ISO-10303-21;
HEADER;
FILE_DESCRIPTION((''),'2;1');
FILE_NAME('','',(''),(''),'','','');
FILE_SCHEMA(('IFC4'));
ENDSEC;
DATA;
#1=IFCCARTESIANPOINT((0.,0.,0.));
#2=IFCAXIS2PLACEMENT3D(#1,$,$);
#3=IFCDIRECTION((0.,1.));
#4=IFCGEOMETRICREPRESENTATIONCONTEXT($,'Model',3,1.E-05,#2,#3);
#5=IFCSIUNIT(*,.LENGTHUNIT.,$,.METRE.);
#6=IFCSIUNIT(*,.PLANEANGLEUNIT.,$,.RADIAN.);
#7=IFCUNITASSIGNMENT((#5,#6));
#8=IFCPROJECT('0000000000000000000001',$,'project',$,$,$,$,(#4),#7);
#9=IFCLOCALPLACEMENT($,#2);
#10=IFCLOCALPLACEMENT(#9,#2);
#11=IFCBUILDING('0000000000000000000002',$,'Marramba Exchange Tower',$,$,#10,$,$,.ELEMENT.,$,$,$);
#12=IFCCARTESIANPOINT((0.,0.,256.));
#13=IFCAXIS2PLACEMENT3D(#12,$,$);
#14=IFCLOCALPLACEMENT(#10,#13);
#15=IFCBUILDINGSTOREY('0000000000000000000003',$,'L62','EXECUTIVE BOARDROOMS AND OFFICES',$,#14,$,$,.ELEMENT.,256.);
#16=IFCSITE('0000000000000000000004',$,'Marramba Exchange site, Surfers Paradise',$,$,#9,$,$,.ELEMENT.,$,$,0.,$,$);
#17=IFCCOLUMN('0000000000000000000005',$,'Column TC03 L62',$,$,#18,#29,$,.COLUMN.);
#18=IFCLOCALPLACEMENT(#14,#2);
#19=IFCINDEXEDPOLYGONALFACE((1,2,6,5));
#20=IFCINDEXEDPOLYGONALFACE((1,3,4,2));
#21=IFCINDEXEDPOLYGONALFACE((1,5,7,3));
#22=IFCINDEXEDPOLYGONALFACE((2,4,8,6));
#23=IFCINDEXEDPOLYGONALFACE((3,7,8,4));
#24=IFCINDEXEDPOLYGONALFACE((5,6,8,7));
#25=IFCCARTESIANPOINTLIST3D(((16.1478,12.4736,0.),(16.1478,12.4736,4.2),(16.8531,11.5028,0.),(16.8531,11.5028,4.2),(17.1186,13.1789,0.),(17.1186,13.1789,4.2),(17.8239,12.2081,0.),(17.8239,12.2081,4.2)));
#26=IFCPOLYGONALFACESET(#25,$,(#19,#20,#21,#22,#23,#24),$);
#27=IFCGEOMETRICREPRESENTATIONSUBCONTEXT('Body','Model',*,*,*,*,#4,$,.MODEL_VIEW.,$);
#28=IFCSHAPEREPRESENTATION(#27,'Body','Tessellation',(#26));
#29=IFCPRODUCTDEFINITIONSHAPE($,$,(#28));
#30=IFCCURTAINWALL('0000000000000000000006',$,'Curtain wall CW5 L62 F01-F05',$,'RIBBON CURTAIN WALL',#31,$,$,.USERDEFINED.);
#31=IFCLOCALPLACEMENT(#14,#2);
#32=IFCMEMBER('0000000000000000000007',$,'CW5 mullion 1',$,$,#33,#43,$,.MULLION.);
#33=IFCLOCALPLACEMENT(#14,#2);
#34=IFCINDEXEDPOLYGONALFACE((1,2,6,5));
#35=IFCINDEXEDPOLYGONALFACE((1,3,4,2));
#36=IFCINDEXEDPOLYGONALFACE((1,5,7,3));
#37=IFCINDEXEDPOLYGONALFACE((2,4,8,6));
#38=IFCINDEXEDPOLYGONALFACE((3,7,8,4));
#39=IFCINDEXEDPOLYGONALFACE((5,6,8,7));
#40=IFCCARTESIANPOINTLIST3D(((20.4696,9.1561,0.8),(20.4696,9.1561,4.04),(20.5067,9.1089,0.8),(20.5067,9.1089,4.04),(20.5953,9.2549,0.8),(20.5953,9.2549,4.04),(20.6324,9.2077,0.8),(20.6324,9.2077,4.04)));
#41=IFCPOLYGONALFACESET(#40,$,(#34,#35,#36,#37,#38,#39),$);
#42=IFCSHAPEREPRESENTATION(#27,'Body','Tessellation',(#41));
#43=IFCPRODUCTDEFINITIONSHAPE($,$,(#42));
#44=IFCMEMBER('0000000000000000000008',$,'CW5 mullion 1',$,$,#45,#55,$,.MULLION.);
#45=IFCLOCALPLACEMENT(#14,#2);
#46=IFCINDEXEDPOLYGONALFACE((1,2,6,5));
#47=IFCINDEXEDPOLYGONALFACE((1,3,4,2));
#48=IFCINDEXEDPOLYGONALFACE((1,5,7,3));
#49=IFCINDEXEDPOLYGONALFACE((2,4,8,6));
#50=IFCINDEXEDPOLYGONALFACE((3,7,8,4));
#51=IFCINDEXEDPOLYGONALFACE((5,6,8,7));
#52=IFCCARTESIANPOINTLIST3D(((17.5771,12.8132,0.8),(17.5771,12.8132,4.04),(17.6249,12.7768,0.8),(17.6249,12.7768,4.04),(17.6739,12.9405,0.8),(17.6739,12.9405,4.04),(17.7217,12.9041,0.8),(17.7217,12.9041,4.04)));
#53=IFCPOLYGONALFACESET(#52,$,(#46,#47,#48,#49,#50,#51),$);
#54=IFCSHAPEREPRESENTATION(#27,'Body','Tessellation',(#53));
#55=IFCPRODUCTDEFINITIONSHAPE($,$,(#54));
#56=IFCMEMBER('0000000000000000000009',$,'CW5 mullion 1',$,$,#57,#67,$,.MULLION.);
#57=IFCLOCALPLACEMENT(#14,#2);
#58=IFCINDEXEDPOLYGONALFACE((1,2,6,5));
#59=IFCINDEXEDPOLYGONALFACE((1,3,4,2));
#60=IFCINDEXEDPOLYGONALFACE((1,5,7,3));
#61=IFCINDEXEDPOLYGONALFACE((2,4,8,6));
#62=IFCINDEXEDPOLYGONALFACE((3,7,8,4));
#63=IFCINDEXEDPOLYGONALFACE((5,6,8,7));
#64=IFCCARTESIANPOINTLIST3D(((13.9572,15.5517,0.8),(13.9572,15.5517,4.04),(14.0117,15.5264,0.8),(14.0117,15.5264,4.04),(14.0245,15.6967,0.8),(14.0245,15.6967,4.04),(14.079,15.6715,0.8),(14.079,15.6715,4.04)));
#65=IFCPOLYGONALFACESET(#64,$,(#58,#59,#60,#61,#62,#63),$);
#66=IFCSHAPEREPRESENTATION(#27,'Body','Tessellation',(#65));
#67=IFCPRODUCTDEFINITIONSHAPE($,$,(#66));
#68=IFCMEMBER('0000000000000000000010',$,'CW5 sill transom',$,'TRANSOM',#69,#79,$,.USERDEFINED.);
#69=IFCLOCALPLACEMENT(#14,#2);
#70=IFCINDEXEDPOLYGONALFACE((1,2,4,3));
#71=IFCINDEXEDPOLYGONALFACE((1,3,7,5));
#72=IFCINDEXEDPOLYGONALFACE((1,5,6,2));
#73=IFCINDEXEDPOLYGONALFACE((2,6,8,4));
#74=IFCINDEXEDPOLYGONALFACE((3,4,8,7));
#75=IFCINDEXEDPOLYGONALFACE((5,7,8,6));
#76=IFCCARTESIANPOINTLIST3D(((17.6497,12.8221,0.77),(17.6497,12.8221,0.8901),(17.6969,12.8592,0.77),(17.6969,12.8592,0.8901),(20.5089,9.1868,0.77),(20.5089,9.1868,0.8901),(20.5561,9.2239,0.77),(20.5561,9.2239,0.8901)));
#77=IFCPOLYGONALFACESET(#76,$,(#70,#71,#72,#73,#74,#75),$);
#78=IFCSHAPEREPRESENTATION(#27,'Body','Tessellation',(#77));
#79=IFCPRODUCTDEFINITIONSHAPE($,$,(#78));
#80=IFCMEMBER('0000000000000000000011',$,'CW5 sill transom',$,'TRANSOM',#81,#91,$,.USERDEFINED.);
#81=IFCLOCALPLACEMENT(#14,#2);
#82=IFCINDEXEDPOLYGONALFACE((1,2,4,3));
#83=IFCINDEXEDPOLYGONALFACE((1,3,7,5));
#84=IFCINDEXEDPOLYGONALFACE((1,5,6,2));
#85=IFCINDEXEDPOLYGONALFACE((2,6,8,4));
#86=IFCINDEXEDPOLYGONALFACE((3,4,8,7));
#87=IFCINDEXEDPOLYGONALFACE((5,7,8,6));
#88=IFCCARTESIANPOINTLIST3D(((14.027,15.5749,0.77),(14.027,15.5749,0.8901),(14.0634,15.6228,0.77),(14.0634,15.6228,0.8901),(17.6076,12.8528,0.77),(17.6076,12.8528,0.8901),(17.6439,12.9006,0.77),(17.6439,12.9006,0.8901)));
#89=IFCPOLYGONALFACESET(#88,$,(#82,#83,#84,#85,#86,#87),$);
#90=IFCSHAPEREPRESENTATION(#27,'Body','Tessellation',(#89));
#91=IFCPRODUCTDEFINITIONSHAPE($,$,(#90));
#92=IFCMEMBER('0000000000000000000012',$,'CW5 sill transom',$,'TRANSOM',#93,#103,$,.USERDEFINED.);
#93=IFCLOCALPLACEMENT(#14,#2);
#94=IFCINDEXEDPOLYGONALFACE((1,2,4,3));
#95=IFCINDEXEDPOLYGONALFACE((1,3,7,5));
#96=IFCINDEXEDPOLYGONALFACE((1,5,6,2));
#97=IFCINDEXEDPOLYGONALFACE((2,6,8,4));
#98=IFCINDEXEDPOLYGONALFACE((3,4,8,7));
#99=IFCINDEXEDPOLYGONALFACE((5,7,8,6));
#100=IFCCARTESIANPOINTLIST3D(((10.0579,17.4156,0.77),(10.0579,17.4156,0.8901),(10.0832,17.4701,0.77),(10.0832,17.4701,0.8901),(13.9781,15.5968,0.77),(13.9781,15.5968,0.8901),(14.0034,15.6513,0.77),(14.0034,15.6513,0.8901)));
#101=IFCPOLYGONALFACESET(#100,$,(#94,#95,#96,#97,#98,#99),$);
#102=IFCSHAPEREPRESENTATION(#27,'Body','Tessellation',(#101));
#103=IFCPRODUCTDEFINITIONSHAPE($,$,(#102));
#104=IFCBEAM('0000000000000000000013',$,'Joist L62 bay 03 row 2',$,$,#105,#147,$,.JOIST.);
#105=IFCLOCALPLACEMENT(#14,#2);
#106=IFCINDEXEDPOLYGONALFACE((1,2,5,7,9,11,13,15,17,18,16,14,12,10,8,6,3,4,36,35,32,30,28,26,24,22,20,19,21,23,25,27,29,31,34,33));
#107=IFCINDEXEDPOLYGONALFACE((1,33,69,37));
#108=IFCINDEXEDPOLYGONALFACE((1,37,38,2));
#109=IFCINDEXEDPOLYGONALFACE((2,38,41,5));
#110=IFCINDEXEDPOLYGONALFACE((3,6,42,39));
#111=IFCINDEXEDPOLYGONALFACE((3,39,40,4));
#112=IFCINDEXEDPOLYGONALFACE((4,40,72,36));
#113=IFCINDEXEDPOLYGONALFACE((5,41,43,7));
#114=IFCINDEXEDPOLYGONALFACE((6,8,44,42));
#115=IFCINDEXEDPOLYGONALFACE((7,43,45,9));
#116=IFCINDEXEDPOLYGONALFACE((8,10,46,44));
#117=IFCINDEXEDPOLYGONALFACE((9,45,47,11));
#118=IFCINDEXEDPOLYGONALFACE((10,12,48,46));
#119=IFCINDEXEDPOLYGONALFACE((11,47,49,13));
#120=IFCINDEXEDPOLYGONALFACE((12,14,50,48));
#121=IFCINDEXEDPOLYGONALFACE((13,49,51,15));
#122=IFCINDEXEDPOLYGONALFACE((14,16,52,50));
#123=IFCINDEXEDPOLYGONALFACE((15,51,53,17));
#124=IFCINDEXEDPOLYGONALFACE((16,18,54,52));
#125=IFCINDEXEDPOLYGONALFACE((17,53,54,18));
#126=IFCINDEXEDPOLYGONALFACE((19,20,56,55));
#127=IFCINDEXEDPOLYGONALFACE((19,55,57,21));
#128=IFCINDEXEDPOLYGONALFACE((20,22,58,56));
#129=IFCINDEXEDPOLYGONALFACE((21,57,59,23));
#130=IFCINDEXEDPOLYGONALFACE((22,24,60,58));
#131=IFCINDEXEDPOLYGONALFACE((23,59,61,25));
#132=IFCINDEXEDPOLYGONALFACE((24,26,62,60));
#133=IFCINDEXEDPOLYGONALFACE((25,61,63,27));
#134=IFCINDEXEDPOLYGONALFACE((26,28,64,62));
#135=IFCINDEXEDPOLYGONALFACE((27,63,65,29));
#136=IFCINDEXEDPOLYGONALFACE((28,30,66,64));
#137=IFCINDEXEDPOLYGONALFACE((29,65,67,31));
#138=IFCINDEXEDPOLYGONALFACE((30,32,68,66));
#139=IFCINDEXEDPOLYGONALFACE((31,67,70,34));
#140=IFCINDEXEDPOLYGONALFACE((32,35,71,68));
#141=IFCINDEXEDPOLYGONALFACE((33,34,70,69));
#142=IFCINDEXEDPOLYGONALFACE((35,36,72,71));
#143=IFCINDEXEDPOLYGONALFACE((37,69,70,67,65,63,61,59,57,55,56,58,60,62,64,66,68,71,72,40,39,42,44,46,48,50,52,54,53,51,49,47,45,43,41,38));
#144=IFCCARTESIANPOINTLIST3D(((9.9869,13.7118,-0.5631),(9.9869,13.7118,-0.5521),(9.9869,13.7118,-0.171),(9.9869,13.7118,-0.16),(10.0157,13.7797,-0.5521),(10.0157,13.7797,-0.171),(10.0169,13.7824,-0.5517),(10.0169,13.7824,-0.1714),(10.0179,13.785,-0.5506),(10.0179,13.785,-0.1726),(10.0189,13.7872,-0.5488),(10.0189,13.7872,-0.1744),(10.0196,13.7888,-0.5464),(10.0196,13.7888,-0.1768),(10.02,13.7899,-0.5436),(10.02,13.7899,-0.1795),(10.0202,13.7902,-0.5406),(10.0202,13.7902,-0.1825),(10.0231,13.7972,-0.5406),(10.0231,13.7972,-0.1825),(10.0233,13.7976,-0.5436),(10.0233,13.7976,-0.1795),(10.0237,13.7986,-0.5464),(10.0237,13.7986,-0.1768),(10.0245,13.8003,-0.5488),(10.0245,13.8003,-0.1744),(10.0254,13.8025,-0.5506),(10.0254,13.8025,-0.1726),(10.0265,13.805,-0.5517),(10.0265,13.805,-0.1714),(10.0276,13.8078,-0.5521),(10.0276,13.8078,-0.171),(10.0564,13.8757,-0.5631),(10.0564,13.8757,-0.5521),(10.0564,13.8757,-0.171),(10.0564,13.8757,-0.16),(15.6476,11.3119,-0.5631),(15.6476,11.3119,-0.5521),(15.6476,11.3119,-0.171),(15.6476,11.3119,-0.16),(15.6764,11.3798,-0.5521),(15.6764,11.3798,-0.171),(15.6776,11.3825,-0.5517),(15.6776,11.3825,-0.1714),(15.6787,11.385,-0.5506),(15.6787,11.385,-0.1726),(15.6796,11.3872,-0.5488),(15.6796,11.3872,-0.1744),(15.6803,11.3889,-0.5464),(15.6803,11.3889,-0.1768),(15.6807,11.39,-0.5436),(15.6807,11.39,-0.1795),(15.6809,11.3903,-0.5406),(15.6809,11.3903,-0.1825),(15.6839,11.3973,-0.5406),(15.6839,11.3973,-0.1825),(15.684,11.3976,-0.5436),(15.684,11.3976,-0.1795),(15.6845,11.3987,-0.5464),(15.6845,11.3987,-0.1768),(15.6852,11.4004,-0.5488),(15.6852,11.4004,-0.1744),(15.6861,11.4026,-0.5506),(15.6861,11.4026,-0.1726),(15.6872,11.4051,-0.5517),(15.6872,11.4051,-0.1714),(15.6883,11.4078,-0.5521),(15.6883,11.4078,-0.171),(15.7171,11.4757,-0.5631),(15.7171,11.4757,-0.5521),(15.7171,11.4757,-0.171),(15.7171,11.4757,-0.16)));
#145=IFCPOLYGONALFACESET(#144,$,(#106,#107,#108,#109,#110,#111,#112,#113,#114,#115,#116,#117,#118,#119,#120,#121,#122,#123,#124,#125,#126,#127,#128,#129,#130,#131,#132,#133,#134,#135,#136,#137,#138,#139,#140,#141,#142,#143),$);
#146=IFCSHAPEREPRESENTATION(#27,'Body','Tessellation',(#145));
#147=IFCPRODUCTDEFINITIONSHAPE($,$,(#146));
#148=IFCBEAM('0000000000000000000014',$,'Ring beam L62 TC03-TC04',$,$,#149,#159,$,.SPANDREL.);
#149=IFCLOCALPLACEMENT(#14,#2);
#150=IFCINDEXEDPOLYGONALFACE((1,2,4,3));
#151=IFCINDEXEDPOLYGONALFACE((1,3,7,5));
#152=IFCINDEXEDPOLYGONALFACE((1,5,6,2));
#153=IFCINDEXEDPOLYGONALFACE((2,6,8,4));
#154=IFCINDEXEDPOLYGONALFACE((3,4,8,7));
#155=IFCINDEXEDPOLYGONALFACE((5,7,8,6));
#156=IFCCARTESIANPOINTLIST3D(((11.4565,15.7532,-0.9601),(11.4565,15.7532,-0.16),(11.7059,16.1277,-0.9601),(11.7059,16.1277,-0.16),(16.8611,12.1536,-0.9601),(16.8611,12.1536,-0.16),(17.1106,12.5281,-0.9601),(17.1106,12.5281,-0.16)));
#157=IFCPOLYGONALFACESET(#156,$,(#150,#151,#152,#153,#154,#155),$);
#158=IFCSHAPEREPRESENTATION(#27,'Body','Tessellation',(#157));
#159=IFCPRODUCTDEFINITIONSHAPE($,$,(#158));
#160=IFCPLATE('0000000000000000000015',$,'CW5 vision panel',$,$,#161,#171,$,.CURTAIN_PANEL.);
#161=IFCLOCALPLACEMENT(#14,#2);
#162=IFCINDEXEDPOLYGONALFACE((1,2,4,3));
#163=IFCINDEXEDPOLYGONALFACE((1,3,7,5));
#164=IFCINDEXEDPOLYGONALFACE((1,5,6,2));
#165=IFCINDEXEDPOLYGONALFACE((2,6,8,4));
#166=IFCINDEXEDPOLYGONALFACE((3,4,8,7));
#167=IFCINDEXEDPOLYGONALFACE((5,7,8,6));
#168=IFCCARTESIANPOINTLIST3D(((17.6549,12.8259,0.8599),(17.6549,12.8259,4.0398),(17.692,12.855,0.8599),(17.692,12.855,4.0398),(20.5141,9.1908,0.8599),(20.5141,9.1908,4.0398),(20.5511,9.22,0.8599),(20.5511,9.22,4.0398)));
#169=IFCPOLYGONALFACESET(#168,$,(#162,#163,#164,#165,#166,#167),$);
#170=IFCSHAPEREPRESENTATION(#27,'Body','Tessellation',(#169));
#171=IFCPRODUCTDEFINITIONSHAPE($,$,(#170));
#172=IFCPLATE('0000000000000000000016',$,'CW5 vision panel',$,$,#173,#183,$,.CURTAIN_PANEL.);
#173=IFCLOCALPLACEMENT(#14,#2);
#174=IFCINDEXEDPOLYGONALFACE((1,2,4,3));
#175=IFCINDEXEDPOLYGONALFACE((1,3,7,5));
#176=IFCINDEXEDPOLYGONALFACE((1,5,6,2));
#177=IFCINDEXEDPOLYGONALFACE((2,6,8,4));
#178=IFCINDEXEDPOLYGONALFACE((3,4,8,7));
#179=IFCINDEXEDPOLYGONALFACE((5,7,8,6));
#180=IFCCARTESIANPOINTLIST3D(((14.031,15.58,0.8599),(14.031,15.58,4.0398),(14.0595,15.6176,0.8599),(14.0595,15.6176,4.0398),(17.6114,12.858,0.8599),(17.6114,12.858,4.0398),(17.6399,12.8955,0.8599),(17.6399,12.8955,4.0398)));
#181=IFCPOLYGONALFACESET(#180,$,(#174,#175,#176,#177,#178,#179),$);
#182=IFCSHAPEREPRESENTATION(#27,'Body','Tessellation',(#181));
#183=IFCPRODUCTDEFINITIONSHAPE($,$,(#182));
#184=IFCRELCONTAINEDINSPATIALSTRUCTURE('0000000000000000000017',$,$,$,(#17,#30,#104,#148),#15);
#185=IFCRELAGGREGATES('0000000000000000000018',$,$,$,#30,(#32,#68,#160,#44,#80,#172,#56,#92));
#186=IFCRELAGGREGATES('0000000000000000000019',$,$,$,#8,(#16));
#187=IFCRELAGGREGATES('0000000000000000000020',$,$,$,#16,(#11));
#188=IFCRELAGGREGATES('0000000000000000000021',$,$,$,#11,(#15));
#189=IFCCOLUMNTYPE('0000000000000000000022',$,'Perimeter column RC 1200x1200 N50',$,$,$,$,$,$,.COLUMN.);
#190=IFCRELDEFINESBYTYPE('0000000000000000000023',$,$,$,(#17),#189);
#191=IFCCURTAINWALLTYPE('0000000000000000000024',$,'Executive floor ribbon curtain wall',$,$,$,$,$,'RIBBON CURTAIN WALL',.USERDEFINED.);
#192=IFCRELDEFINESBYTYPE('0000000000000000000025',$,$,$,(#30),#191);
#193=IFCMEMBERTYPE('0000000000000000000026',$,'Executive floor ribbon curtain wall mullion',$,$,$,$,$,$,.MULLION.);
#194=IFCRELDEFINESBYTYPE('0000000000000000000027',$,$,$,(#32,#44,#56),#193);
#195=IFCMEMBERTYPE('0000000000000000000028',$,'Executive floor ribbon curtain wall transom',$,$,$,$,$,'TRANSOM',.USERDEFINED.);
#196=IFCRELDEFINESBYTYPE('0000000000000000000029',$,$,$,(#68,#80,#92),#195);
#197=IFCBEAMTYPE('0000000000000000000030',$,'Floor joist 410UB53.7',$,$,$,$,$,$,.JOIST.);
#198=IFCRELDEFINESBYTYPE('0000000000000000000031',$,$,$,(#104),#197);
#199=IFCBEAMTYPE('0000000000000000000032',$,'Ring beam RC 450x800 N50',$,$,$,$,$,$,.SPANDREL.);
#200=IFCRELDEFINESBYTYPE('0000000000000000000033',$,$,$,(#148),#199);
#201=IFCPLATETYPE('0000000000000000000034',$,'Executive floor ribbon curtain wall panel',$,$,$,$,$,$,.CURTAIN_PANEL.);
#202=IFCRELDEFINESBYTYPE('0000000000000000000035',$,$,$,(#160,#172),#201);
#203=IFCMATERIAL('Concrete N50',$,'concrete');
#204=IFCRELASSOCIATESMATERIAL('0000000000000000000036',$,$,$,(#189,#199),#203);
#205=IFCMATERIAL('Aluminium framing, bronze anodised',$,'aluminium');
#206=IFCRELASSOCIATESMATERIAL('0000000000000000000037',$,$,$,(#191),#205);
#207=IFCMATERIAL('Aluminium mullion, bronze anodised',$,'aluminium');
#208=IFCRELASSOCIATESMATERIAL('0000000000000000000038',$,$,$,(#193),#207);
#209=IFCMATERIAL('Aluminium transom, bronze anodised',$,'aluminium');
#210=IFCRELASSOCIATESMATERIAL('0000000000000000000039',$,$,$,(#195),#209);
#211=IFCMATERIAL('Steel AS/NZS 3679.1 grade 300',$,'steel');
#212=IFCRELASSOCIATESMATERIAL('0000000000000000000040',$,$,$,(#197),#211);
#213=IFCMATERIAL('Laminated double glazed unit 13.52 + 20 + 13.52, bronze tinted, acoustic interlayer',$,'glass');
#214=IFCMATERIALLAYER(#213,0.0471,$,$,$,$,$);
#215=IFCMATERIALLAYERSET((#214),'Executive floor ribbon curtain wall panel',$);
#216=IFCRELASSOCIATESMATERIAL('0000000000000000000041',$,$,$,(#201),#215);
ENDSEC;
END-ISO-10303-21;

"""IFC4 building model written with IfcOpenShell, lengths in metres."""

from ifc_helpers import new_model, si_unit, direction, frame, origin, origin_2d, place, context, subcontext, project, spatial, rectangle, i_section, extrude, material, layer, layer_set, material_profile, profile_set, type_object, element, aggregate, save


model = new_model("IFC4")

# Units and contexts
model_context = context("Model", 3, precision=1e-05, world=origin(), true_north=direction((0.0, 1.0)))
body_context = subcontext(model_context, "Body", "Model", "MODEL_VIEW")
ifc_project = project(units=[si_unit("LENGTHUNIT", "METRE"), si_unit("PLANEANGLEUNIT", "RADIAN")], contexts=[model_context])

# Site, building, storey
site_placement = place(None, origin())
site = spatial("IfcSite", under=ifc_project, at=site_placement, Name="Marramba Exchange site, Surfers Paradise", CompositionType="ELEMENT", RefElevation=0.0)
building_placement = place(site_placement, origin())
building = spatial("IfcBuilding", under=site, at=building_placement, Name="Marramba Exchange Tower", CompositionType="ELEMENT")
storey_placement = place(building_placement, frame((0.0, 0.0, 256.0)))
storey = spatial("IfcBuildingStorey", under=building, at=storey_placement, Name="L62", Description="EXECUTIVE BOARDROOMS AND OFFICES", CompositionType="ELEMENT", Elevation=256.0)

# Column
ifc_material_1 = material(Name="Concrete N50", Category="concrete")
ifc_material_profile_1 = material_profile(ifc_material_1, rectangle(XDim=1.2, YDim=1.2, at=origin_2d()), Name="RC 1200x1200")
ifc_profile_set_1 = profile_set([ifc_material_profile_1], Name="Concrete N50")
column_type = type_object("IfcColumnType", Name="Perimeter column RC 1200x1200 N50", PredefinedType="COLUMN", material=ifc_profile_set_1)
column_placement = place(storey_placement, frame((16.9858, 12.3408, 0.0), z_axis=(0.0, 0.0, 1.0), x_axis=(0.809017, 0.587785, 0.0)))
element("IfcColumn", 1, at=column_placement, inside=storey, type_object=column_type, Name="Column TC03 L62", PredefinedType="COLUMN", context=body_context, shape_type="SweptSolid", body=[
    extrude(rectangle(XDim=1.2, YDim=1.2, at=origin_2d()), origin(), (0.0, 0.0, 1.0), 4.2),
])

# Curtain wall, members
ifc_material_2 = material(Name="Aluminium framing, bronze anodised", Category="aluminium")
curtain_wall_type = type_object("IfcCurtainWallType", Name="Executive floor ribbon curtain wall", ElementType="RIBBON CURTAIN WALL", PredefinedType="USERDEFINED", material=ifc_material_2)
curtain_wall_placement = place(storey_placement, origin())
curtain_wall = element("IfcCurtainWall", 2, at=curtain_wall_placement, inside=storey, type_object=curtain_wall_type, Name="Curtain wall CW5 L62 F01-F05", ObjectType="RIBBON CURTAIN WALL", PredefinedType="USERDEFINED")
ifc_material_3 = material(Name="Aluminium mullion, bronze anodised", Category="aluminium")
ifc_material_profile_2 = material_profile(ifc_material_3, rectangle(XDim=0.1599, YDim=0.0601, at=origin_2d()), Name="CW5 mullion 60x160")
ifc_profile_set_2 = profile_set([ifc_material_profile_2], Name="Aluminium mullion, bronze anodised")
member_type_1 = type_object("IfcMemberType", Name="Executive floor ribbon curtain wall mullion", PredefinedType="MULLION", material=ifc_profile_set_2)
member_1_placement = place(storey_placement, frame((20.551, 9.1819, 0.8), z_axis=(0.0, 0.0, 1.0), x_axis=(-0.786003, -0.618223, 0.0)))
member_1 = element("IfcMember", 3, at=member_1_placement, type_object=member_type_1, Name="CW5 mullion 1", PredefinedType="MULLION", context=body_context, shape_type="SweptSolid", body=[
    extrude(rectangle(XDim=0.1599, YDim=0.0601, at=origin_2d()), origin(), (0.0, 0.0, 1.0), 3.24),
])
member_2_placement = place(storey_placement, frame((17.6494, 12.8586, 0.8), z_axis=(0.0, 0.0, 1.0), x_axis=(-0.605219, -0.796059, 0.0)))
member_2 = element("IfcMember", 4, at=member_2_placement, type_object=member_type_1, Name="CW5 mullion 1", PredefinedType="MULLION", context=body_context, shape_type="SweptSolid", body=[
    extrude(rectangle(XDim=0.1599, YDim=0.0601, at=origin_2d()), origin(), (0.0, 0.0, 1.0), 3.24),
])
member_3_placement = place(storey_placement, frame((14.0181, 15.6116, 0.8), z_axis=(0.0, 0.0, 1.0), x_axis=(-0.420849, -0.907131, 0.0)))
member_3 = element("IfcMember", 5, at=member_3_placement, type_object=member_type_1, Name="CW5 mullion 1", PredefinedType="MULLION", context=body_context, shape_type="SweptSolid", body=[
    extrude(rectangle(XDim=0.1599, YDim=0.0601, at=origin_2d()), origin(), (0.0, 0.0, 1.0), 3.24),
])
ifc_material_4 = material(Name="Aluminium transom, bronze anodised", Category="aluminium")
ifc_material_profile_3 = material_profile(ifc_material_4, rectangle(XDim=0.0601, YDim=0.1201, at=origin_2d()), Name="CW5 transom 60x120")
ifc_profile_set_3 = profile_set([ifc_material_profile_3], Name="Aluminium transom, bronze anodised")
member_type_2 = type_object("IfcMemberType", Name="Executive floor ribbon curtain wall transom", ElementType="TRANSOM", PredefinedType="USERDEFINED", material=ifc_profile_set_3)
member_4_placement = place(storey_placement, frame((20.5325, 9.2053, 0.8301), z_axis=(-0.618204, 0.786018, 0.0), x_axis=(-0.786018, -0.618204, 0.0)))
member_4 = element("IfcMember", 6, at=member_4_placement, type_object=member_type_2, Name="CW5 sill transom", ObjectType="TRANSOM", PredefinedType="USERDEFINED", context=body_context, shape_type="SweptSolid", body=[
    extrude(rectangle(XDim=0.0601, YDim=0.1201, at=origin_2d()), origin(), (0.0, 0.0, 1.0), 4.625),
])
member_5_placement = place(storey_placement, frame((17.6257, 12.8767, 0.8301), z_axis=(-0.796062, 0.605215, 0.0), x_axis=(-0.605215, -0.796062, 0.0)))
member_5 = element("IfcMember", 7, at=member_5_placement, type_object=member_type_2, Name="CW5 sill transom", ObjectType="TRANSOM", PredefinedType="USERDEFINED", context=body_context, shape_type="SweptSolid", body=[
    extrude(rectangle(XDim=0.0601, YDim=0.1201, at=origin_2d()), origin(), (0.0, 0.0, 1.0), 4.4978),
])
member_6_placement = place(storey_placement, frame((13.9907, 15.624, 0.8301), z_axis=(-0.907118, 0.420877, 0.0), x_axis=(-0.420877, -0.907118, 0.0)))
member_6 = element("IfcMember", 8, at=member_6_placement, type_object=member_type_2, Name="CW5 sill transom", ObjectType="TRANSOM", PredefinedType="USERDEFINED", context=body_context, shape_type="SweptSolid", body=[
    extrude(rectangle(XDim=0.0601, YDim=0.1201, at=origin_2d()), origin(), (0.0, 0.0, 1.0), 4.3215),
])

# Beams
ifc_material_5 = material(Name="Steel AS/NZS 3679.1 grade 300", Category="steel")
ifc_material_profile_4 = material_profile(ifc_material_5, i_section(OverallWidth=0.178, OverallDepth=0.4031, WebThickness=0.0076, FlangeThickness=0.011, FilletRadius=0.0115, at=origin_2d()), Name="410UB53.7")
ifc_profile_set_4 = profile_set([ifc_material_profile_4], Name="Steel AS/NZS 3679.1 grade 300")
beam_type_1 = type_object("IfcBeamType", Name="Floor joist 410UB53.7", PredefinedType="JOIST", material=ifc_profile_set_4)
beam_1_placement = place(storey_placement, frame((15.6824, 11.3938, -0.3616), z_axis=(-0.920674, 0.390332, 0.0), x_axis=(-0.390332, -0.920674, 0.0)))
element("IfcBeam", 9, at=beam_1_placement, inside=storey, type_object=beam_type_1, Name="Joist L62 bay 03 row 2", PredefinedType="JOIST", context=body_context, shape_type="SweptSolid", body=[
    extrude(i_section(OverallWidth=0.178, OverallDepth=0.4031, WebThickness=0.0076, FlangeThickness=0.011, FilletRadius=0.0115, at=origin_2d()), origin(), (0.0, 0.0, 1.0), 6.1484),
])
ifc_material_profile_5 = material_profile(ifc_material_1, rectangle(XDim=0.45, YDim=0.8, at=origin_2d()), Name="RC 450x800")
ifc_profile_set_5 = profile_set([ifc_material_profile_5], Name="Concrete N50")
beam_type_2 = type_object("IfcBeamType", Name="Ring beam RC 450x800 N50", PredefinedType="SPANDREL", material=ifc_profile_set_5)
beam_2_placement = place(storey_placement, frame((16.9858, 12.3408, -0.5601), z_axis=(-0.832293, 0.554336, 0.0), x_axis=(-0.554336, -0.832293, 0.0)))
element("IfcBeam", 10, at=beam_2_placement, inside=storey, type_object=beam_type_2, Name="Ring beam L62 TC03-TC04", PredefinedType="SPANDREL", context=body_context, shape_type="SweptSolid", body=[
    extrude(rectangle(XDim=0.45, YDim=0.8, at=origin_2d()), origin(), (0.0, 0.0, 1.0), 6.4937),
])

# Plates
ifc_material_6 = material(Name="Laminated double glazed unit 13.52 + 20 + 13.52, bronze tinted, acoustic interlayer", Category="glass")
ifc_layer_1 = layer(ifc_material_6, 0.0471)
ifc_layer_set_1 = layer_set([ifc_layer_1], Name="Executive floor ribbon curtain wall panel")
plate_type = type_object("IfcPlateType", Name="Executive floor ribbon curtain wall panel", PredefinedType="CURTAIN_PANEL", material=ifc_layer_set_1)
plate_1_placement = place(storey_placement, frame((19.103, 11.0229, 0.8599), z_axis=(0.0, 0.0, 1.0), x_axis=(-0.618223, 0.786003, 0.0)))
plate_1 = element("IfcPlate", 11, at=plate_1_placement, type_object=plate_type, Name="CW5 vision panel", PredefinedType="CURTAIN_PANEL", context=body_context, shape_type="SweptSolid", body=[
    extrude(rectangle(XDim=4.6248, YDim=0.0471, at=origin_2d()), origin(), (0.0, 0.0, 1.0), 3.1799),
])
plate_2_placement = place(storey_placement, frame((15.8354, 14.2378, 0.8599), z_axis=(0.0, 0.0, 1.0), x_axis=(-0.796059, 0.605219, 0.0)))
plate_2 = element("IfcPlate", 12, at=plate_2_placement, type_object=plate_type, Name="CW5 vision panel", PredefinedType="CURTAIN_PANEL", context=body_context, shape_type="SweptSolid", body=[
    extrude(rectangle(XDim=4.4976, YDim=0.0471, at=origin_2d()), origin(), (0.0, 0.0, 1.0), 3.1799),
])
aggregate(curtain_wall, [member_1, member_4, plate_1, member_2, member_5, plate_2, member_3, member_6])

save(model, "model.ifc")
